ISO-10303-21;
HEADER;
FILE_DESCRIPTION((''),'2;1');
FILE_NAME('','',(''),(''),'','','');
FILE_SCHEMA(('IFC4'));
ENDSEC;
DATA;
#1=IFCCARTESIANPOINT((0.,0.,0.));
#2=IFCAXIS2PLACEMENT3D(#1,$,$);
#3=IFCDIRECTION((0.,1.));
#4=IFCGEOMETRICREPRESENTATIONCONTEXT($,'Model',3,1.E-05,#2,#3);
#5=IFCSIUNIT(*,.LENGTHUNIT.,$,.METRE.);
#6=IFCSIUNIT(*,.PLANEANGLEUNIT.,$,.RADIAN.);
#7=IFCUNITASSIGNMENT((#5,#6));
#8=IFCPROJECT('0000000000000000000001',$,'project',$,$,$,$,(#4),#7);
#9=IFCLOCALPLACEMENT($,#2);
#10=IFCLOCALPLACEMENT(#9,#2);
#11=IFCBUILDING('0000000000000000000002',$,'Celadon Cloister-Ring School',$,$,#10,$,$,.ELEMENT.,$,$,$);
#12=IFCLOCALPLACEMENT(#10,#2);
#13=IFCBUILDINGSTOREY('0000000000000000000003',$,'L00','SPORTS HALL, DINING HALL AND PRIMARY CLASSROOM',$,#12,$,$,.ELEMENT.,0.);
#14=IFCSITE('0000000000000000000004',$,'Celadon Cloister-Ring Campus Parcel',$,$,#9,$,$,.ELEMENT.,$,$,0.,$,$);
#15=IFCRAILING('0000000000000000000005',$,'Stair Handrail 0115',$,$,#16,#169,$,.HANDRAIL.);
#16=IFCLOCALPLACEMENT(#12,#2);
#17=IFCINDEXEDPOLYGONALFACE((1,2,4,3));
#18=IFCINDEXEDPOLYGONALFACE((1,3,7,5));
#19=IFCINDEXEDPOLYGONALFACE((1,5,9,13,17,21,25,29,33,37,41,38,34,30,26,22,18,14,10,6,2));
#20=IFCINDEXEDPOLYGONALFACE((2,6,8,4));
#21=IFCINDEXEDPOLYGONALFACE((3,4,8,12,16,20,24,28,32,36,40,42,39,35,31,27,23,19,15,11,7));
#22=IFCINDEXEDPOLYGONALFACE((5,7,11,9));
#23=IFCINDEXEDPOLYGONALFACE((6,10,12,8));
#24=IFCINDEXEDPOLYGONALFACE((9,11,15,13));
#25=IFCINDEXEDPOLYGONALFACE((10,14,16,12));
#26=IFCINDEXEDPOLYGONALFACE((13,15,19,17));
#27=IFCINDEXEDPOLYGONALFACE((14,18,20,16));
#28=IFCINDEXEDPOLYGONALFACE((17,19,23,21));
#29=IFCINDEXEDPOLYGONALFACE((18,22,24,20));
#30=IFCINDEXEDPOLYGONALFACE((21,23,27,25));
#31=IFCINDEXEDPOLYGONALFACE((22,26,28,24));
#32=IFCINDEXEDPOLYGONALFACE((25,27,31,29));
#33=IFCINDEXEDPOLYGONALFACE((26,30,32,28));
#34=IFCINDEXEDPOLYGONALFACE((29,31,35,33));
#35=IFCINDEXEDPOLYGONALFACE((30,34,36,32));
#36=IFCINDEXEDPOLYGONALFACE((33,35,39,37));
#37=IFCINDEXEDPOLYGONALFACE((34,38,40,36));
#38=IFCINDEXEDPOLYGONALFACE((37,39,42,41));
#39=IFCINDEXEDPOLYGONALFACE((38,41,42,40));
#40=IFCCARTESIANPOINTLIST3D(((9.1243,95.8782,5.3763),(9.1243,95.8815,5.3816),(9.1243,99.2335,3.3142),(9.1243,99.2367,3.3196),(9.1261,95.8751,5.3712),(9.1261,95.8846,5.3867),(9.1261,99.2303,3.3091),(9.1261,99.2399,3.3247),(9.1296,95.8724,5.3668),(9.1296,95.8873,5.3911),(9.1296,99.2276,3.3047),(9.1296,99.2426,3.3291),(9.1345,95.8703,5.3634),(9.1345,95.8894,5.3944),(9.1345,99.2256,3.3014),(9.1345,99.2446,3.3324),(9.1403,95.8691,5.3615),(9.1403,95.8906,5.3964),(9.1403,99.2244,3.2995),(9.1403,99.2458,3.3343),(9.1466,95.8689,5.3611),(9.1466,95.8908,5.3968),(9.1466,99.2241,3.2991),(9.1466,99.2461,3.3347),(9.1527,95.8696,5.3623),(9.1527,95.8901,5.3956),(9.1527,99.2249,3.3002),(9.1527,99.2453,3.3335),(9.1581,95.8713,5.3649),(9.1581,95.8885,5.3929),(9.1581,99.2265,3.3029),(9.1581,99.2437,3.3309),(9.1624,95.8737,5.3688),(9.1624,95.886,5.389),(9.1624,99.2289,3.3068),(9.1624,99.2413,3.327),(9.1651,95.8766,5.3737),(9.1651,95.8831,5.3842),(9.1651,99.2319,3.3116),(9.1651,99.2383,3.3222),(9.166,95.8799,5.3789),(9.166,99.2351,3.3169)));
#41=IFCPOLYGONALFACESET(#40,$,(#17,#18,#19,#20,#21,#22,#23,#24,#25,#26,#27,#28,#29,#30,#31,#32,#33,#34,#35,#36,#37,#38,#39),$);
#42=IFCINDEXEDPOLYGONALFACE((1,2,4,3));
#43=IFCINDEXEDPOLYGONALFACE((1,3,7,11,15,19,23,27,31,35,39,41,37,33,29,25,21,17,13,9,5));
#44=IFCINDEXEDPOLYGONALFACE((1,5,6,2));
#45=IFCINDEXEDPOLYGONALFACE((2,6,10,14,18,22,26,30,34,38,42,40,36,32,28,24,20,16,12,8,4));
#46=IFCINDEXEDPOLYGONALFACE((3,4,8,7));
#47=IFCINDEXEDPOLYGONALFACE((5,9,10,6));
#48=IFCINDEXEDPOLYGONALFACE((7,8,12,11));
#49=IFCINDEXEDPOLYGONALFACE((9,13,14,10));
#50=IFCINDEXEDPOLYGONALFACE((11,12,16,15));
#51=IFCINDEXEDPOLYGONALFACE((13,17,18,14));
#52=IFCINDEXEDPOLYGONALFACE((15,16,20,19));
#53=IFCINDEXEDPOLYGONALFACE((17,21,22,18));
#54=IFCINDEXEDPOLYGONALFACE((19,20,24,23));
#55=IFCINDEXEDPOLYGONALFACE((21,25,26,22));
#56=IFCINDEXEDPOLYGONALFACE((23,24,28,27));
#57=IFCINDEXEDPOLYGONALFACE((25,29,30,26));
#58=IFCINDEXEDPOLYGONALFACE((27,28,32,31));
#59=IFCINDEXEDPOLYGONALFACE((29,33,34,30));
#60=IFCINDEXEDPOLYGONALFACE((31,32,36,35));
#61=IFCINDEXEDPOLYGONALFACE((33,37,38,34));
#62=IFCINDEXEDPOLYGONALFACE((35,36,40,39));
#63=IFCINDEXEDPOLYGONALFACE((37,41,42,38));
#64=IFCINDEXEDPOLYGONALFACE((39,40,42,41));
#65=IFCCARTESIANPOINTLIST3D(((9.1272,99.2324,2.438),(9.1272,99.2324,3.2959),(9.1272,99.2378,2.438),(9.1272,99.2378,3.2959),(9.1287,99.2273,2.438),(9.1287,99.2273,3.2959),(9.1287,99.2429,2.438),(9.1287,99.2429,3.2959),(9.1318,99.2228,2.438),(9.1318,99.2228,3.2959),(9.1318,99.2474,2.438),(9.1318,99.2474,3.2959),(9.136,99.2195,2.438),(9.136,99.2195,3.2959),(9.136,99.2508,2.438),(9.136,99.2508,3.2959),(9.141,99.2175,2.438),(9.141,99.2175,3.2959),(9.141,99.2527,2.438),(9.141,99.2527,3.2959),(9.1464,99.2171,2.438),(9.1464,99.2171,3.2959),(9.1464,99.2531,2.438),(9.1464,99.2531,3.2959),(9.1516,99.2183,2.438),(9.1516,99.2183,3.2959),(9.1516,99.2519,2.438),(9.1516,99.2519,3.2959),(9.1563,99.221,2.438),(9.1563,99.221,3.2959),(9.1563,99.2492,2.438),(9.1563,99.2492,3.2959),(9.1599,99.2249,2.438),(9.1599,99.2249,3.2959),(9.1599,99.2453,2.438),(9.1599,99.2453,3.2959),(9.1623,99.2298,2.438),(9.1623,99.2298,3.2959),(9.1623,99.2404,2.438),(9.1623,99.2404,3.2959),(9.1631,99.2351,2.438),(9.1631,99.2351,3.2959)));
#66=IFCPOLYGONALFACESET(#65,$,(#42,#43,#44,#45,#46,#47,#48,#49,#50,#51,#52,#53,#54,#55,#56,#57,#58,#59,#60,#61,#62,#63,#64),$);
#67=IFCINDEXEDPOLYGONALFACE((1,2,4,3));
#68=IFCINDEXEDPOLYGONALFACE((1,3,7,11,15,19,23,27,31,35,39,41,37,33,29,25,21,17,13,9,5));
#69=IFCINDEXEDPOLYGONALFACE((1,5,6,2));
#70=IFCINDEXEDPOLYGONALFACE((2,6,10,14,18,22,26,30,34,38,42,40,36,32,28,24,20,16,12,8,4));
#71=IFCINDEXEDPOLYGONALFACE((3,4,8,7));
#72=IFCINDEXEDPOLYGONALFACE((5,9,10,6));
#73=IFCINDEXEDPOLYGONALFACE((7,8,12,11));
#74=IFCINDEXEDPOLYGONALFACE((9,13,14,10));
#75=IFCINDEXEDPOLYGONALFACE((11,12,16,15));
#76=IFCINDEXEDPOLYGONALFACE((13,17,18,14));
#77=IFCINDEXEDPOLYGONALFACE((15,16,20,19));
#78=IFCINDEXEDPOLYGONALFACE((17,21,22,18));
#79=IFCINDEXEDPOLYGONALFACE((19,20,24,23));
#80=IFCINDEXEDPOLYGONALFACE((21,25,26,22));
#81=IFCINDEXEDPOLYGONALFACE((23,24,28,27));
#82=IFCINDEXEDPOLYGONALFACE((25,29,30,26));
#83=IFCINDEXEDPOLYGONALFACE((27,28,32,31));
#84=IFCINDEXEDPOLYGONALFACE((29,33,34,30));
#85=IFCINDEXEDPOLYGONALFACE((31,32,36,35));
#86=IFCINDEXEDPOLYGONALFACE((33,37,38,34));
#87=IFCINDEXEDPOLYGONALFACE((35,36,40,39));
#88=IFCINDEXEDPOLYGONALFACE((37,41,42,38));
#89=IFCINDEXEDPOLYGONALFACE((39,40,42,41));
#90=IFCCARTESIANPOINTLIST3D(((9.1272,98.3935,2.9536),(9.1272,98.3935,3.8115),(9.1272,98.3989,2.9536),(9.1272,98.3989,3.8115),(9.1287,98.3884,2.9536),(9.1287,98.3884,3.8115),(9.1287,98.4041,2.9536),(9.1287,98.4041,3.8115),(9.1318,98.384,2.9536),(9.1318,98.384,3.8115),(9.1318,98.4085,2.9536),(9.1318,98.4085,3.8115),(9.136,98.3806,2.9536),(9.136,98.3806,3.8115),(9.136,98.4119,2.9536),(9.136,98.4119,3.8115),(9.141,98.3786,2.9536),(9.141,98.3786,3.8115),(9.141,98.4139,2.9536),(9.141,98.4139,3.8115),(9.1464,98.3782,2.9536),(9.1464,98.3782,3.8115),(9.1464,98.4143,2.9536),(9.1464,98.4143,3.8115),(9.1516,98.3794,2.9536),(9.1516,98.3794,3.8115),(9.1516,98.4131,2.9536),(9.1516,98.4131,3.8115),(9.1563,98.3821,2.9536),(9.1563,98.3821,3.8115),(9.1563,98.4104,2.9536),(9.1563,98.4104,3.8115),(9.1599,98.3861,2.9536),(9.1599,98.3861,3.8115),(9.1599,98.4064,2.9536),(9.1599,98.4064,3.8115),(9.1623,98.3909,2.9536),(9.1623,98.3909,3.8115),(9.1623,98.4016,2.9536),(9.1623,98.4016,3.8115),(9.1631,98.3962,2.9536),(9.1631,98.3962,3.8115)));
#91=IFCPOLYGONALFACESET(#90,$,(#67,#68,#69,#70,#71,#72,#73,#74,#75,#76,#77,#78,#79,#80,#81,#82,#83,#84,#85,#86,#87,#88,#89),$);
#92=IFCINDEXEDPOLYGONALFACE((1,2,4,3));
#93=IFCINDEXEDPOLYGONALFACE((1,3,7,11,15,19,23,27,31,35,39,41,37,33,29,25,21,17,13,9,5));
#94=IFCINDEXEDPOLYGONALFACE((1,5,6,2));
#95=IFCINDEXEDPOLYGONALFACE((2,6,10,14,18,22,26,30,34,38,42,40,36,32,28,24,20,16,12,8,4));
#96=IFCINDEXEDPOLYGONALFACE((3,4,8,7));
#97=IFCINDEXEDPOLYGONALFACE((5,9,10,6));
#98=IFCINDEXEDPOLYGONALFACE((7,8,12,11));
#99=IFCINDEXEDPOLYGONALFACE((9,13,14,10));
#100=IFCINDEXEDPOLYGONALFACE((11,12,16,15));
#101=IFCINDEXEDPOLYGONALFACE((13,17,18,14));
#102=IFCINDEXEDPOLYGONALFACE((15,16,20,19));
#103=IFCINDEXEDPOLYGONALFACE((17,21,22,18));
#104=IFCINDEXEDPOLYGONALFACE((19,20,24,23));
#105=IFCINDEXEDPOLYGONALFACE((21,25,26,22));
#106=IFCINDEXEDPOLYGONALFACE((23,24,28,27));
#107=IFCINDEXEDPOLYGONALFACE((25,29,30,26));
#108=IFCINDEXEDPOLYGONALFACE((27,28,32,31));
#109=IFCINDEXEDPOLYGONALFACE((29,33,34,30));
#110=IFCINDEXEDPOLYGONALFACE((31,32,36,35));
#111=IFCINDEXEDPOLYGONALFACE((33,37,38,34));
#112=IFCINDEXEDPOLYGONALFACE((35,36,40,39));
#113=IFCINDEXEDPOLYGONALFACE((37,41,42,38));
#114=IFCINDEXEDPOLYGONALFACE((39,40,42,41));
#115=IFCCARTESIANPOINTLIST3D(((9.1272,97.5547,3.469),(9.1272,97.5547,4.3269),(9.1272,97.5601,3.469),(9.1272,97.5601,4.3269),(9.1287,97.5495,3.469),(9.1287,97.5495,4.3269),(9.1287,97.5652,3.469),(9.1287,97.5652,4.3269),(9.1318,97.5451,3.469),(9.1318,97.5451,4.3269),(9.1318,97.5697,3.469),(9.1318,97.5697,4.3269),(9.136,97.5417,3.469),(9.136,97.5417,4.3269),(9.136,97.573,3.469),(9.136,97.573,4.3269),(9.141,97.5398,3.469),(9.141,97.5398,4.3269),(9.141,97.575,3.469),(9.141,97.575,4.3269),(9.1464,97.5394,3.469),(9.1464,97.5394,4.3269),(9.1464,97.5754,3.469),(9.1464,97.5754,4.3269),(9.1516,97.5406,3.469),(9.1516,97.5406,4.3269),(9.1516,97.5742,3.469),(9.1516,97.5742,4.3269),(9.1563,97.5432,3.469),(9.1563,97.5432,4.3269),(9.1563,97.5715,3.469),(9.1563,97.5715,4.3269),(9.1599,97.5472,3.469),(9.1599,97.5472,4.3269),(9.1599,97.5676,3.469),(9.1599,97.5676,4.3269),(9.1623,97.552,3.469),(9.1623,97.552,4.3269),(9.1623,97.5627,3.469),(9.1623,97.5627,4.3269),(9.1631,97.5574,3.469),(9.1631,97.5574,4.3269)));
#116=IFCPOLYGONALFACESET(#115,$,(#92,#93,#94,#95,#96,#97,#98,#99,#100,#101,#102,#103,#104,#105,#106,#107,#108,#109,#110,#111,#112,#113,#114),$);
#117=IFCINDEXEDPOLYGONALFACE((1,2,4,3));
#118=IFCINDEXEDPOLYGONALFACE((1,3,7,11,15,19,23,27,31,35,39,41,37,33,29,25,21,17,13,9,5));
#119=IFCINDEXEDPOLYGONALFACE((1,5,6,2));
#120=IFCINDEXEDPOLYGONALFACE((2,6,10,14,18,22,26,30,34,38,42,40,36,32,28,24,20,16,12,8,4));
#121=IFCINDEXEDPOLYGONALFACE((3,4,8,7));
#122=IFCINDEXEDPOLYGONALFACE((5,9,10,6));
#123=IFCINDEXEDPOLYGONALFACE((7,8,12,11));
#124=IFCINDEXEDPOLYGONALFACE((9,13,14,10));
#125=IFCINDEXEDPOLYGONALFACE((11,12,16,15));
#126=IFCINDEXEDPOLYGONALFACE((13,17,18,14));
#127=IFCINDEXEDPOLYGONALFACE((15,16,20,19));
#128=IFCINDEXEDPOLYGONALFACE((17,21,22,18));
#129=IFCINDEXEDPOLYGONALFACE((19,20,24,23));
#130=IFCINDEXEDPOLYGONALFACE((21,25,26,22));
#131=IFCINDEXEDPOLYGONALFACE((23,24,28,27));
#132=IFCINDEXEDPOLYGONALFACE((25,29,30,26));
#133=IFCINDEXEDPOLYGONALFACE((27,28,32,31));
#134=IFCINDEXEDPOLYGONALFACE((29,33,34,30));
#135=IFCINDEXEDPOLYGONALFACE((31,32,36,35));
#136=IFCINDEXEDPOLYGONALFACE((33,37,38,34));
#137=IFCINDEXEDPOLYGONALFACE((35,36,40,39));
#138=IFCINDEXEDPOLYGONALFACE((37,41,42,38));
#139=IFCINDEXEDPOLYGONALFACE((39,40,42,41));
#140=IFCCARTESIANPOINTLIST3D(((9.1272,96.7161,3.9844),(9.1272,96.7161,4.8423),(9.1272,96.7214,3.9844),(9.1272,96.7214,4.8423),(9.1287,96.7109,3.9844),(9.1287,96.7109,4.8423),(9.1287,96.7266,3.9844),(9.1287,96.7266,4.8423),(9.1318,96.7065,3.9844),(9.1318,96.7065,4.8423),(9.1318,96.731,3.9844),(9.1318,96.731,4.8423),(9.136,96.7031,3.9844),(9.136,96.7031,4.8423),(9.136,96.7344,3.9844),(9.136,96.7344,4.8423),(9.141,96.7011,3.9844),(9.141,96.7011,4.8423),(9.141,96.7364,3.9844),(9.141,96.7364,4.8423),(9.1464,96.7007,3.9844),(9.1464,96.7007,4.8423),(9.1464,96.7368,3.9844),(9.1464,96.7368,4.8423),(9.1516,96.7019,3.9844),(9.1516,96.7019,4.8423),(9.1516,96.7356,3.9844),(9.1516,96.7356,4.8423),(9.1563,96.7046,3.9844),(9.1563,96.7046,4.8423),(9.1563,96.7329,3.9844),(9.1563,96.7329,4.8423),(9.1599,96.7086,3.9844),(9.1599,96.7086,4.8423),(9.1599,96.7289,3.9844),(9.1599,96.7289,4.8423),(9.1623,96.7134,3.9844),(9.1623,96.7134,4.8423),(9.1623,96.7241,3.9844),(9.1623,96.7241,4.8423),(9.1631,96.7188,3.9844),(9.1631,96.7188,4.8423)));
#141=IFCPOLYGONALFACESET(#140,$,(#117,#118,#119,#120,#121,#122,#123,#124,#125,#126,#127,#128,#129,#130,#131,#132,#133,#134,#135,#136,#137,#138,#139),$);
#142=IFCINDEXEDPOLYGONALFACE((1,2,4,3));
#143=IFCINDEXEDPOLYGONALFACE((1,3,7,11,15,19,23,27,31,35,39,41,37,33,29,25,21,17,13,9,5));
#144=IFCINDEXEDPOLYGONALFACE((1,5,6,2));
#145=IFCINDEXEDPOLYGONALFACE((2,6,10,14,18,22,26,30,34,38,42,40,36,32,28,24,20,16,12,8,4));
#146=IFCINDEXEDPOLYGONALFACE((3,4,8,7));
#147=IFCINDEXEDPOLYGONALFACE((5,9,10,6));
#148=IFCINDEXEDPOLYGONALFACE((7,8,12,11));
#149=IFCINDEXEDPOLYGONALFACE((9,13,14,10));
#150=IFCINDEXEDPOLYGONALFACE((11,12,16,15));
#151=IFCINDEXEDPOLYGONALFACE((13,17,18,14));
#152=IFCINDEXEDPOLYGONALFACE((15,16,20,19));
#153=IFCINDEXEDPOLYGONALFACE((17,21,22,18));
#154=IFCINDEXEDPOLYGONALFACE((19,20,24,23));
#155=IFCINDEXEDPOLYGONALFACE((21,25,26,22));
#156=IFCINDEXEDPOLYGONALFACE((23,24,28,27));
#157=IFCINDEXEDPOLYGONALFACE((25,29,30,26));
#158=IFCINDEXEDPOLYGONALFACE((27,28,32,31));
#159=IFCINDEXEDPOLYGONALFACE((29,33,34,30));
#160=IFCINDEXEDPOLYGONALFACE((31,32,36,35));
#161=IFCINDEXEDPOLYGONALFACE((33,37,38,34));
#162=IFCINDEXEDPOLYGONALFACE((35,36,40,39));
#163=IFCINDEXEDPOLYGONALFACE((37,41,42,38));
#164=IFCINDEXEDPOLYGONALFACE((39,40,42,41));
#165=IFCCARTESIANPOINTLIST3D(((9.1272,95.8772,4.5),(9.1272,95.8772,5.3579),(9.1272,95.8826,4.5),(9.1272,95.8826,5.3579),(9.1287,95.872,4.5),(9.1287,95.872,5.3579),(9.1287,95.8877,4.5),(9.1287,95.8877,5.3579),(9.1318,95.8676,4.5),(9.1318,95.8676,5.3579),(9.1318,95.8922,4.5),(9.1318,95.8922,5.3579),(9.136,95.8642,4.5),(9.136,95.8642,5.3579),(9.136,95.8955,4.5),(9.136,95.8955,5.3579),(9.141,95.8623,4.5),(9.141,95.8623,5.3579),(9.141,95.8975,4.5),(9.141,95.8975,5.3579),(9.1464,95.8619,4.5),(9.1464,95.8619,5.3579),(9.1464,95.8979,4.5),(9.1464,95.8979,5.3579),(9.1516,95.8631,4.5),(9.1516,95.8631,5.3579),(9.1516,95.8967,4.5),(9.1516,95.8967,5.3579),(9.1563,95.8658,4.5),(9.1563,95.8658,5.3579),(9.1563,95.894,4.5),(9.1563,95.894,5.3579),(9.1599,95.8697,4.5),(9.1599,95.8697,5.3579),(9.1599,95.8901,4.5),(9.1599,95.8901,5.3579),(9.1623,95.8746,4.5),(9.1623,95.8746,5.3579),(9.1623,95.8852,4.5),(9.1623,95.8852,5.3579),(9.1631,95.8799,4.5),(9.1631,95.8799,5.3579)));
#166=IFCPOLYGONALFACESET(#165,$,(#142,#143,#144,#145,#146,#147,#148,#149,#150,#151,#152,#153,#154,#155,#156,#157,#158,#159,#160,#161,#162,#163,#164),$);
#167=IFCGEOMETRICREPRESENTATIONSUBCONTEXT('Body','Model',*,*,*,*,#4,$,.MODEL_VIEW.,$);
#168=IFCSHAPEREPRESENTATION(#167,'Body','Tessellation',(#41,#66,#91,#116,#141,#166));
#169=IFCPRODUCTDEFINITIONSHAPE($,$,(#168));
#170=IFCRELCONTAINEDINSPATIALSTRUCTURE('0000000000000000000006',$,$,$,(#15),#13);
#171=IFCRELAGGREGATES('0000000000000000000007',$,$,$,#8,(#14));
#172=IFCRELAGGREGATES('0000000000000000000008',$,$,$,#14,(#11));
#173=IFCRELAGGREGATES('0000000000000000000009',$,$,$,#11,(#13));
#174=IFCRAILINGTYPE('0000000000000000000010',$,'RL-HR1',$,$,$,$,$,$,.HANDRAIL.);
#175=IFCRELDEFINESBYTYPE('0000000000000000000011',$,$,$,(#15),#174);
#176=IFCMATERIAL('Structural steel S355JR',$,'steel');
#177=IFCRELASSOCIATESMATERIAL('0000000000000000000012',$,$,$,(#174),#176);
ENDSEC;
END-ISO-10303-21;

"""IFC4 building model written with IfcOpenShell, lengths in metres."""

from ifc_helpers import new_model, si_unit, direction, frame, origin, origin_2d, place, context, subcontext, project, spatial, circle, extrude, material, type_object, element, save


model = new_model("IFC4")

# Units and contexts
model_context = context("Model", 3, precision=1e-05, world=origin(), true_north=direction((0.0, 1.0)))
body_context = subcontext(model_context, "Body", "Model", "MODEL_VIEW")
ifc_project = project(units=[si_unit("LENGTHUNIT", "METRE"), si_unit("PLANEANGLEUNIT", "RADIAN")], contexts=[model_context])

# Site, building, storey
site_placement = place(None, origin())
site = spatial("IfcSite", under=ifc_project, at=site_placement, Name="Celadon Cloister-Ring Campus Parcel", CompositionType="ELEMENT", RefElevation=0.0)
building_placement = place(site_placement, origin())
building = spatial("IfcBuilding", under=site, at=building_placement, Name="Celadon Cloister-Ring School", CompositionType="ELEMENT")
storey_placement = place(building_placement, origin())
storey = spatial("IfcBuildingStorey", under=building, at=storey_placement, Name="L00", Description="SPORTS HALL, DINING HALL AND PRIMARY CLASSROOM", CompositionType="ELEMENT", Elevation=0.0)

# Railing
ifc_material_1 = material(Name="Structural steel S355JR", Category="steel")
railing_type_1 = type_object("IfcRailingType", Name="RL-HR1", PredefinedType="HANDRAIL", material=ifc_material_1)
for number, where, name in (
    (1, (9.145, 99.2351, 2.438), "Stair Handrail 0115"),
):
    element("IfcRailing", number, at=place(storey_placement, frame(where)), inside=storey, type_object=railing_type_1, Name=name, PredefinedType="HANDRAIL", context=body_context, shape_type="SweptSolid", body=[
        extrude(circle(Radius=0.021, at=origin_2d()), frame((0.0, 0.0, 0.8789), z_axis=(0.0, -0.851969, 0.523592), x_axis=(1.0, 0.0, 0.0)), (0.0, 0.0, 1.0), 3.9382),
        extrude(circle(Radius=0.0181, at=origin_2d()), origin(), (0.0, 0.0, 1.0), 0.8579),
        extrude(circle(Radius=0.0181, at=origin_2d()), frame((0.0, -0.8389, 0.5156)), (0.0, 0.0, 1.0), 0.8579),
        extrude(circle(Radius=0.0181, at=origin_2d()), frame((0.0, -1.6777, 1.031)), (0.0, 0.0, 1.0), 0.8579),
        extrude(circle(Radius=0.0181, at=origin_2d()), frame((0.0, -2.5164, 1.5464)), (0.0, 0.0, 1.0), 0.8579),
        extrude(circle(Radius=0.0181, at=origin_2d()), frame((0.0, -3.3552, 2.062)), (0.0, 0.0, 1.0), 0.8579),
    ])

save(model, "model.ifc")
